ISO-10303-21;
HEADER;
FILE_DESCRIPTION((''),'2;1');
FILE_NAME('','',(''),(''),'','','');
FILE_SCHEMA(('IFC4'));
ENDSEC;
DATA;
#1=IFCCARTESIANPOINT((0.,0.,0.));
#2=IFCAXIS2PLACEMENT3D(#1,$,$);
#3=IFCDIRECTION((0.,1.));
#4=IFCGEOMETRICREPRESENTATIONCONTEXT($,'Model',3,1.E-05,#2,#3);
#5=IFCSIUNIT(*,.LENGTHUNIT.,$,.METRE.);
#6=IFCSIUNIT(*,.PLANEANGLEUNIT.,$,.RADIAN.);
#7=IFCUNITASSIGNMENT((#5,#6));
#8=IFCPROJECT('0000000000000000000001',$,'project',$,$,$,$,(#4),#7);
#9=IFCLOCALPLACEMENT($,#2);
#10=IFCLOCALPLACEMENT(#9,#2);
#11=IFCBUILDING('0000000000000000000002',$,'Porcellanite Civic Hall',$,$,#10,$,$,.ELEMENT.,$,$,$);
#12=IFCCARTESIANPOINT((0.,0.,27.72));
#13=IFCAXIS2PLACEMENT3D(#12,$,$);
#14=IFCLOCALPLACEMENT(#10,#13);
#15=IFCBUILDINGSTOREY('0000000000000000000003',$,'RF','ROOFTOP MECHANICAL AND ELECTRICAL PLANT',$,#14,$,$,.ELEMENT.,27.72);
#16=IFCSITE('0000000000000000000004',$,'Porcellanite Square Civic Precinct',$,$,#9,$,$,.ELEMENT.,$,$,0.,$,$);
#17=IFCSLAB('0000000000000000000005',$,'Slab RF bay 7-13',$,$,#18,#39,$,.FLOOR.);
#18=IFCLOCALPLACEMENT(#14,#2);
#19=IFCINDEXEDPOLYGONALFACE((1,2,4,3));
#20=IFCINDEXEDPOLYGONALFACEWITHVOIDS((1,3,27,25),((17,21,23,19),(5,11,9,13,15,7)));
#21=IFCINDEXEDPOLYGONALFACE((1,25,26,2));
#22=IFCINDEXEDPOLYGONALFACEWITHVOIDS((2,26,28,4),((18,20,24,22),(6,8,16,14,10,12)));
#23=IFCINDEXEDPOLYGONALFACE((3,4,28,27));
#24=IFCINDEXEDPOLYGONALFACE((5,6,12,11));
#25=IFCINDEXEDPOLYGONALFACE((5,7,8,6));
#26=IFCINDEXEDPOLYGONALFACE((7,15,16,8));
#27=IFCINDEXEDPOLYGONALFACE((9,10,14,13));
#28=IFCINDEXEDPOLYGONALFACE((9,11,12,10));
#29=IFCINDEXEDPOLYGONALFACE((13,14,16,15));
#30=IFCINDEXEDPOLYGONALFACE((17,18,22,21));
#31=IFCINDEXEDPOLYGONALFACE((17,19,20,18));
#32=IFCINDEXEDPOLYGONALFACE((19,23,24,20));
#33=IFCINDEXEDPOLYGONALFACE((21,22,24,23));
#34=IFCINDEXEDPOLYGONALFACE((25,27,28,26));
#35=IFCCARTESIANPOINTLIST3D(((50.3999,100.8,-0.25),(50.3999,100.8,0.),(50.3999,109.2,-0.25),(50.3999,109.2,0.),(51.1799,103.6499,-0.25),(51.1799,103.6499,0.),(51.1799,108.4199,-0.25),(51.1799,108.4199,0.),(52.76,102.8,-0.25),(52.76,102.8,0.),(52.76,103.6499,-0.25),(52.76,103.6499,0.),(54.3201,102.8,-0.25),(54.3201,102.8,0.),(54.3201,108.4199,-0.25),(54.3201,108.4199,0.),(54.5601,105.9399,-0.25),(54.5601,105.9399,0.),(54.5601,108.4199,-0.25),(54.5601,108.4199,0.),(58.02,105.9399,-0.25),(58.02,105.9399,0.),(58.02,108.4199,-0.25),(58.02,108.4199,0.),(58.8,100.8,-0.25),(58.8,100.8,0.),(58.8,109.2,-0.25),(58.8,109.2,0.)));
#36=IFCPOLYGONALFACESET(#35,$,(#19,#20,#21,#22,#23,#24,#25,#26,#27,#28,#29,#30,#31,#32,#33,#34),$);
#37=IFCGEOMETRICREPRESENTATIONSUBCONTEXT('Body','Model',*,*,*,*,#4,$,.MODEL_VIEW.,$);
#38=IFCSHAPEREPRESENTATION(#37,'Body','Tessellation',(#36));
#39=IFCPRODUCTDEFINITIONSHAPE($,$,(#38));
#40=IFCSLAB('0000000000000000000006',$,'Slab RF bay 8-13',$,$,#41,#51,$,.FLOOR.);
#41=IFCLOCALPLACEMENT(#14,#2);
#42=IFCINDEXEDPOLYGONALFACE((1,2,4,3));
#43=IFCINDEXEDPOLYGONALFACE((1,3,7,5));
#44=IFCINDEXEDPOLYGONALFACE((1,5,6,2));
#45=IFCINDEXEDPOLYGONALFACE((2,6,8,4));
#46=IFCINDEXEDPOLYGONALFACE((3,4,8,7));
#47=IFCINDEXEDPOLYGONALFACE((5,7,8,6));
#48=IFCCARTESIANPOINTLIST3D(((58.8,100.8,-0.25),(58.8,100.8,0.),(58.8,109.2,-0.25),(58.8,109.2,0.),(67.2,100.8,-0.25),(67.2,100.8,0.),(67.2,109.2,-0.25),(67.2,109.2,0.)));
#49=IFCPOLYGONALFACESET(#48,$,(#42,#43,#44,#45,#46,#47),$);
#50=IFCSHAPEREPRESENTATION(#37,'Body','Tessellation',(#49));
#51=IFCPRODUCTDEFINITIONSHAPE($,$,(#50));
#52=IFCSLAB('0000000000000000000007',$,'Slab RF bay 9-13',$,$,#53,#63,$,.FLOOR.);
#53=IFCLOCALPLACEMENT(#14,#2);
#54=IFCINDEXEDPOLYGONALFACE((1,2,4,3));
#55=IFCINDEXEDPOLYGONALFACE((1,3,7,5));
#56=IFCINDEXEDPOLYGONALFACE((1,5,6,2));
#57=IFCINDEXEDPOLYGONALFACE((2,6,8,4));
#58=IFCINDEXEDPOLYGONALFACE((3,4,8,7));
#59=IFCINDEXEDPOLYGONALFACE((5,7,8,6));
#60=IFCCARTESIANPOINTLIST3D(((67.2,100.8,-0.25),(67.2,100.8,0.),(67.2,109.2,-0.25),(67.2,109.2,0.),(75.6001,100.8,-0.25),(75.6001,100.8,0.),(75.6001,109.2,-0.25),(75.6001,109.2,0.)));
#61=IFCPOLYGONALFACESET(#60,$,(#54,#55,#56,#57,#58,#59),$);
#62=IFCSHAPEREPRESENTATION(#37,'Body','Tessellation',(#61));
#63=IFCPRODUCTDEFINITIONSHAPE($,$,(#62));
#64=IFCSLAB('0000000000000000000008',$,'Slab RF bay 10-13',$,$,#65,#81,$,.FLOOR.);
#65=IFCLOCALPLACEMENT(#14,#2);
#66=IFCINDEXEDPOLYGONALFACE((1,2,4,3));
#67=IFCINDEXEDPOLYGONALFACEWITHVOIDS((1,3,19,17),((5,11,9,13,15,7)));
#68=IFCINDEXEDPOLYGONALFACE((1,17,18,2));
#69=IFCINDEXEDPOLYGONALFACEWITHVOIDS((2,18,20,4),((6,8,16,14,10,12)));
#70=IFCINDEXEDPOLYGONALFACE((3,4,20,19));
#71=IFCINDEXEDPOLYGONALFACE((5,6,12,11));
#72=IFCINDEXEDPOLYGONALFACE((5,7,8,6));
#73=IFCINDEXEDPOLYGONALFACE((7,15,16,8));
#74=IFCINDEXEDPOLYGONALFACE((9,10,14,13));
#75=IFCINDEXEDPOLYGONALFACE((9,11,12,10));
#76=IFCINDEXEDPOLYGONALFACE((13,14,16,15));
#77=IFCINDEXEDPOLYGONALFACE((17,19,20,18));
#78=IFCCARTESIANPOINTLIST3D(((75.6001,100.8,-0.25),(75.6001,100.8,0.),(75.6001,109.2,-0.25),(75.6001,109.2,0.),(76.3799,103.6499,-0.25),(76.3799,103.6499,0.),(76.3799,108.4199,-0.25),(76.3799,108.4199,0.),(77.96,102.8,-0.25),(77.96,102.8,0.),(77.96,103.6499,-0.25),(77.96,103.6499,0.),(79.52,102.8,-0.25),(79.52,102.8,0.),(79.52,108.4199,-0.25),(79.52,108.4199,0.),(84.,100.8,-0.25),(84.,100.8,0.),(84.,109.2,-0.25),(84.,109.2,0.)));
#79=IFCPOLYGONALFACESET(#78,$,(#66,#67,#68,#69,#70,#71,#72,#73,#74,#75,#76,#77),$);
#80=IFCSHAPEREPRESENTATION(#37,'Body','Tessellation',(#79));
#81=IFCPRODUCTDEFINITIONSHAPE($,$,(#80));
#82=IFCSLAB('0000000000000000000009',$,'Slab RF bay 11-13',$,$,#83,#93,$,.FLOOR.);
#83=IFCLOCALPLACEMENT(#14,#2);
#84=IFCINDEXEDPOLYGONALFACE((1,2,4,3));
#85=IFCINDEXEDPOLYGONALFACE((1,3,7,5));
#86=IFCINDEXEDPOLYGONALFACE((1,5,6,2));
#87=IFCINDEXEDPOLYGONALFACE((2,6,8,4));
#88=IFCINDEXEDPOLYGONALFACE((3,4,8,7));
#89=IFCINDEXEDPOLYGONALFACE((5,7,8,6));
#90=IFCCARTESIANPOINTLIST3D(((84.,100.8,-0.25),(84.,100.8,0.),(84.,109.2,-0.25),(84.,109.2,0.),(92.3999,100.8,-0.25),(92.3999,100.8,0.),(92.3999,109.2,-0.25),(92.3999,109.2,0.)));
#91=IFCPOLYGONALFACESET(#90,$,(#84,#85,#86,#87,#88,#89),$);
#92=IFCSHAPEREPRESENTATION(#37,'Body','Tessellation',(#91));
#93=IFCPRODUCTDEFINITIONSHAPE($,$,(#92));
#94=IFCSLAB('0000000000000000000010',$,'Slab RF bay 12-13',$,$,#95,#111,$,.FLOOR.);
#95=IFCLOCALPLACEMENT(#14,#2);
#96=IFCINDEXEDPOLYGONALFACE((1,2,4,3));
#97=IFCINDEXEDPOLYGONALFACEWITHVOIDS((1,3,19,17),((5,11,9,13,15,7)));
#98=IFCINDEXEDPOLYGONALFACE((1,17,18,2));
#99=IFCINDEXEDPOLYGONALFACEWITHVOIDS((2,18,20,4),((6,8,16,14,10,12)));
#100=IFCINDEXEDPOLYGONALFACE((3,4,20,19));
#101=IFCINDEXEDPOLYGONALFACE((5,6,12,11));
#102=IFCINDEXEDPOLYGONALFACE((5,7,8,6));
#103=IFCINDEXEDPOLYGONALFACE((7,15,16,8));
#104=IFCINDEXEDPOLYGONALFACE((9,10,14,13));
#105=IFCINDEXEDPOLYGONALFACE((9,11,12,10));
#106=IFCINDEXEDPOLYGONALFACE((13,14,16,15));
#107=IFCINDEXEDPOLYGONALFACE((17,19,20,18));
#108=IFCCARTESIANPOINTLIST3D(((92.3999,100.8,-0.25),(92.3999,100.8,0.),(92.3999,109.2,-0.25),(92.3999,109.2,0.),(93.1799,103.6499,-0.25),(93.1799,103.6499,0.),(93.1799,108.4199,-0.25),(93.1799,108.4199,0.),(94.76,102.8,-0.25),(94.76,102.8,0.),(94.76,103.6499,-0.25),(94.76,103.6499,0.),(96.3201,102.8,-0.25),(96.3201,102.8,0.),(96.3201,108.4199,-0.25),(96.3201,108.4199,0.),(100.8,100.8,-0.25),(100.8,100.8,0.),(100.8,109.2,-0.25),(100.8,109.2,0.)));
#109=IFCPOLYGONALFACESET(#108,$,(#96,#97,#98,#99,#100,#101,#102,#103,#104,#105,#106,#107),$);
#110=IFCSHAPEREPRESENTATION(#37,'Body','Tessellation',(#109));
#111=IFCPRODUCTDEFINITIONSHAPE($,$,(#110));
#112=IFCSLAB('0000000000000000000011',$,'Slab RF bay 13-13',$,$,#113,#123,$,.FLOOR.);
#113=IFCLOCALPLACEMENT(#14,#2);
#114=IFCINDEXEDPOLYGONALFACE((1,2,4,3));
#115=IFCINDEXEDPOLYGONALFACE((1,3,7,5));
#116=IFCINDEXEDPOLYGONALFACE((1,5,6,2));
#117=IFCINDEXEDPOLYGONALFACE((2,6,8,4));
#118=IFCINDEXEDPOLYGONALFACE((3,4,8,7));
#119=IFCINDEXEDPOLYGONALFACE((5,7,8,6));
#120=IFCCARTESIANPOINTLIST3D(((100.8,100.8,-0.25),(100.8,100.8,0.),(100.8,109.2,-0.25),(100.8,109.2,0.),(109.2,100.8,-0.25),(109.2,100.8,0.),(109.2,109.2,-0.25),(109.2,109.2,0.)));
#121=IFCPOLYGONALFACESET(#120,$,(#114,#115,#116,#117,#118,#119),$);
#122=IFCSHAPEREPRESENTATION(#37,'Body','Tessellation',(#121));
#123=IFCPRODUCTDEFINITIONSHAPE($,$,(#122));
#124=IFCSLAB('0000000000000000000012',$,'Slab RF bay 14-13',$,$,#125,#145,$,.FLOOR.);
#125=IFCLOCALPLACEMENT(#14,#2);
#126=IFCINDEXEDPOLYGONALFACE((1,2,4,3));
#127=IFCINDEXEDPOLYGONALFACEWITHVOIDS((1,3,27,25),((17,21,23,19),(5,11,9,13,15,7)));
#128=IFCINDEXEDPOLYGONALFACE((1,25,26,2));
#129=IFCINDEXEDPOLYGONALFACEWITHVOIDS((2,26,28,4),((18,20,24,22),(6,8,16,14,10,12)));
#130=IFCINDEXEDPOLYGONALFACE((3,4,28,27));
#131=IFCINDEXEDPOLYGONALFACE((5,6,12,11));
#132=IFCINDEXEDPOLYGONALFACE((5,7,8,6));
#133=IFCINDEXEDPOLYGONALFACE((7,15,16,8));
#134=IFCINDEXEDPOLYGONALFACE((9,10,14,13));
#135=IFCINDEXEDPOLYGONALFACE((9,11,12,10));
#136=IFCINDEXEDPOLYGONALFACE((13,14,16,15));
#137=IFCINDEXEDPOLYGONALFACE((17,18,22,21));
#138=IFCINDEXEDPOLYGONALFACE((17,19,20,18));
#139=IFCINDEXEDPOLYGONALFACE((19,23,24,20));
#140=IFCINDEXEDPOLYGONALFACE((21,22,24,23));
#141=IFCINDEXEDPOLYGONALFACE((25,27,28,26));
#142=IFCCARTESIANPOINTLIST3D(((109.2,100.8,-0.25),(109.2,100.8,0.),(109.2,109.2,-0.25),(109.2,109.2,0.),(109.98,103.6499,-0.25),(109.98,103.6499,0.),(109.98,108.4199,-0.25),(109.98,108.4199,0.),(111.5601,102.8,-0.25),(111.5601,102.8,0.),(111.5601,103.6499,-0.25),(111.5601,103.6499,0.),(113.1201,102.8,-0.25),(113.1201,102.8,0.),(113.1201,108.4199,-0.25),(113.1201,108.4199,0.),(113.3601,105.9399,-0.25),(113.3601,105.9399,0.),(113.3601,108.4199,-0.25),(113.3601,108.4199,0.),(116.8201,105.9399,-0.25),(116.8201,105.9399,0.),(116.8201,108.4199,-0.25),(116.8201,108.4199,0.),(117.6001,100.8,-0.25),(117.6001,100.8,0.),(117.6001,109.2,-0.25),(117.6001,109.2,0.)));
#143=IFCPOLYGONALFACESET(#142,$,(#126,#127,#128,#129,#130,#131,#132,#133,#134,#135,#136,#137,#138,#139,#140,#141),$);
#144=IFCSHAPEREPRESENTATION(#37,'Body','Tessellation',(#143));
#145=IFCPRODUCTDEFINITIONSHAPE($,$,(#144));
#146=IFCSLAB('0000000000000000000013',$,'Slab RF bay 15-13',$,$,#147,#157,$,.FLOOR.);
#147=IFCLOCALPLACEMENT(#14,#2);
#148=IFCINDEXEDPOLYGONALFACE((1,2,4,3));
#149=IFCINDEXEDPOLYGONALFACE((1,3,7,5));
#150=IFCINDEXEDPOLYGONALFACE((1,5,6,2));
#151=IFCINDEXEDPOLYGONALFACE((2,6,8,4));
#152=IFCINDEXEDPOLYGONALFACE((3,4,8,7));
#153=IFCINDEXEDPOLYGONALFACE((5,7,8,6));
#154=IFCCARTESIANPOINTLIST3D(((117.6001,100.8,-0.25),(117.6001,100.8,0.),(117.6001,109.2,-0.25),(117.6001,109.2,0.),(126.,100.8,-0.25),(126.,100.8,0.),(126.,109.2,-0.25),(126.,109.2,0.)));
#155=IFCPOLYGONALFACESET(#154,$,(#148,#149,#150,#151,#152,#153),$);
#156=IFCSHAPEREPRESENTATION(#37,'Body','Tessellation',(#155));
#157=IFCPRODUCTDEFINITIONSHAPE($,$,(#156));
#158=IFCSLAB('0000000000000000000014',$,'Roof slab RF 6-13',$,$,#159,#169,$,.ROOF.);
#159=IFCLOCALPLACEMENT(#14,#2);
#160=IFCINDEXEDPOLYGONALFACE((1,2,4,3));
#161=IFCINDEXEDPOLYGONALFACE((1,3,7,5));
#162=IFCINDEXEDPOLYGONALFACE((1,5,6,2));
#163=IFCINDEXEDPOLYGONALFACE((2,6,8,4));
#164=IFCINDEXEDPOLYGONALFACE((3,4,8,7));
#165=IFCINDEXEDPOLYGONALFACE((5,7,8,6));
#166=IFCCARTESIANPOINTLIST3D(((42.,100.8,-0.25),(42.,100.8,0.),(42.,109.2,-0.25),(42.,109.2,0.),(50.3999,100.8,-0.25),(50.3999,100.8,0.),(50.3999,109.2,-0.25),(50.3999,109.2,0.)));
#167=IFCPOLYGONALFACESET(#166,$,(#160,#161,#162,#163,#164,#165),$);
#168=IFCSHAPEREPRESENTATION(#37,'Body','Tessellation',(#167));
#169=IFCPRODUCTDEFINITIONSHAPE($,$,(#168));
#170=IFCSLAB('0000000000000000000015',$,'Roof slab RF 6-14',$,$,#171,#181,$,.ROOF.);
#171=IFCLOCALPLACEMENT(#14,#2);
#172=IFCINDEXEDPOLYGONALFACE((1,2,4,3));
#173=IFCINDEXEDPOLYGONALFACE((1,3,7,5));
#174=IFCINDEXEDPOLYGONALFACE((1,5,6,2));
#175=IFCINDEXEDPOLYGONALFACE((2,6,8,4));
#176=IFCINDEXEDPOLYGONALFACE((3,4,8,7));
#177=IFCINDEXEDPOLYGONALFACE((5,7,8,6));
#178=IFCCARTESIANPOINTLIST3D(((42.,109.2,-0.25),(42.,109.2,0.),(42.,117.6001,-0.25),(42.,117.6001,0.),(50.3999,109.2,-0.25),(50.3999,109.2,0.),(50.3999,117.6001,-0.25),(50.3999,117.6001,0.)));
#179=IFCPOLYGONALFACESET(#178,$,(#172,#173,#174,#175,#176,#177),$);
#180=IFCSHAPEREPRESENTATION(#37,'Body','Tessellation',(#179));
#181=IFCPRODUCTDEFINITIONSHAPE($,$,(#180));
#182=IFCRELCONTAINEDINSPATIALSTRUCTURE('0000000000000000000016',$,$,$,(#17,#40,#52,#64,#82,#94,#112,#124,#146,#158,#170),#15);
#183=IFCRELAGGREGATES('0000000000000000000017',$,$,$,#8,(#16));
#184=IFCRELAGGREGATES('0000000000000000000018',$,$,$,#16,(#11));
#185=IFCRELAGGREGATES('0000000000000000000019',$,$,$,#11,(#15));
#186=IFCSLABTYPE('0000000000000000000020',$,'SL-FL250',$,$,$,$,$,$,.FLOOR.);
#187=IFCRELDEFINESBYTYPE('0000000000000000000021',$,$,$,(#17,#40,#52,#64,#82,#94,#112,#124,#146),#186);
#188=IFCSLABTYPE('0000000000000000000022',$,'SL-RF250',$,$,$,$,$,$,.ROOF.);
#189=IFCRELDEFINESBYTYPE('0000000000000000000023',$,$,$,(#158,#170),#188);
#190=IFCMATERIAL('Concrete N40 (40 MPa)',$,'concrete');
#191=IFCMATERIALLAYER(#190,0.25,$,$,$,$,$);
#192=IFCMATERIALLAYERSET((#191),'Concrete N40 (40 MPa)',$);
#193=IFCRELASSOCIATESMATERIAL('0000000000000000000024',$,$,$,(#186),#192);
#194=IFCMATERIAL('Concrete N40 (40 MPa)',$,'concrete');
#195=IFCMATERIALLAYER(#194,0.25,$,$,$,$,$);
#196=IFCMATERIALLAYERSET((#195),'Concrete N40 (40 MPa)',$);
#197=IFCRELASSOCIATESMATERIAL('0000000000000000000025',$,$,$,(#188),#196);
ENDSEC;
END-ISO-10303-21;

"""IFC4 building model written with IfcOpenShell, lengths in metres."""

from ifc_helpers import new_model, si_unit, direction, frame, origin, place, context, subcontext, project, spatial, polyline, outline, extrude, material, layer, layer_set, type_object, element, save


model = new_model("IFC4")

# Units and contexts
model_context = context("Model", 3, precision=1e-05, world=origin(), true_north=direction((0.0, 1.0)))
body_context = subcontext(model_context, "Body", "Model", "MODEL_VIEW")
ifc_project = project(units=[si_unit("LENGTHUNIT", "METRE"), si_unit("PLANEANGLEUNIT", "RADIAN")], contexts=[model_context])

# Site, building, storey
site_placement = place(None, origin())
site = spatial("IfcSite", under=ifc_project, at=site_placement, Name="Porcellanite Square Civic Precinct", CompositionType="ELEMENT", RefElevation=0.0)
building_placement = place(site_placement, origin())
building = spatial("IfcBuilding", under=site, at=building_placement, Name="Porcellanite Civic Hall", CompositionType="ELEMENT")
storey_placement = place(building_placement, frame((0.0, 0.0, 27.72)))
storey = spatial("IfcBuildingStorey", under=building, at=storey_placement, Name="RF", Description="ROOFTOP MECHANICAL AND ELECTRICAL PLANT", CompositionType="ELEMENT", Elevation=27.72)

# Slabs
ifc_material_1 = material(Name="Concrete N40 (40 MPa)", Category="concrete")
ifc_layer_1 = layer(ifc_material_1, 0.25)
ifc_layer_set_1 = layer_set([ifc_layer_1], Name="Concrete N40 (40 MPa)")
slab_type_1 = type_object("IfcSlabType", Name="SL-FL250", PredefinedType="FLOOR", material=ifc_layer_set_1)
slab_1_placement = place(storey_placement, frame((0.0, 0.0, -0.25)))
element("IfcSlab", 1, at=slab_1_placement, inside=storey, type_object=slab_type_1, Name="Slab RF bay 7-13", PredefinedType="FLOOR", context=body_context, shape_type="SweptSolid", body=[
    extrude(outline(polyline([(50.3999, 100.8), (58.8, 100.8), (58.8, 109.2), (50.3999, 109.2), (50.3999, 100.8)]), holes=[polyline([(51.1799, 103.6499), (52.76, 103.6499), (52.76, 102.8), (54.3201, 102.8), (54.3201, 108.4199), (51.1799, 108.4199), (51.1799, 103.6499)]), polyline([(54.5601, 105.9399), (58.02, 105.9399), (58.02, 108.4199), (54.5601, 108.4199), (54.5601, 105.9399)])]), origin(), (0.0, 0.0, 1.0), 0.25),
])
slab_2_placement = place(storey_placement, frame((0.0, 0.0, -0.25)))
element("IfcSlab", 2, at=slab_2_placement, inside=storey, type_object=slab_type_1, Name="Slab RF bay 8-13", PredefinedType="FLOOR", context=body_context, shape_type="SweptSolid", body=[
    extrude(outline(polyline([(58.8, 100.8), (67.2, 100.8), (67.2, 109.2), (58.8, 109.2), (58.8, 100.8)])), origin(), (0.0, 0.0, 1.0), 0.25),
])
slab_3_placement = place(storey_placement, frame((0.0, 0.0, -0.25)))
element("IfcSlab", 3, at=slab_3_placement, inside=storey, type_object=slab_type_1, Name="Slab RF bay 9-13", PredefinedType="FLOOR", context=body_context, shape_type="SweptSolid", body=[
    extrude(outline(polyline([(67.2, 100.8), (75.6001, 100.8), (75.6001, 109.2), (67.2, 109.2), (67.2, 100.8)])), origin(), (0.0, 0.0, 1.0), 0.25),
])
slab_4_placement = place(storey_placement, frame((0.0, 0.0, -0.25)))
element("IfcSlab", 4, at=slab_4_placement, inside=storey, type_object=slab_type_1, Name="Slab RF bay 10-13", PredefinedType="FLOOR", context=body_context, shape_type="SweptSolid", body=[
    extrude(outline(polyline([(75.6001, 100.8), (84.0, 100.8), (84.0, 109.2), (75.6001, 109.2), (75.6001, 100.8)]), holes=[polyline([(76.3799, 103.6499), (77.96, 103.6499), (77.96, 102.8), (79.52, 102.8), (79.52, 108.4199), (76.3799, 108.4199), (76.3799, 103.6499)])]), origin(), (0.0, 0.0, 1.0), 0.25),
])
slab_5_placement = place(storey_placement, frame((0.0, 0.0, -0.25)))
element("IfcSlab", 5, at=slab_5_placement, inside=storey, type_object=slab_type_1, Name="Slab RF bay 11-13", PredefinedType="FLOOR", context=body_context, shape_type="SweptSolid", body=[
    extrude(outline(polyline([(84.0, 100.8), (92.3999, 100.8), (92.3999, 109.2), (84.0, 109.2), (84.0, 100.8)])), origin(), (0.0, 0.0, 1.0), 0.25),
])
slab_6_placement = place(storey_placement, frame((0.0, 0.0, -0.25)))
element("IfcSlab", 6, at=slab_6_placement, inside=storey, type_object=slab_type_1, Name="Slab RF bay 12-13", PredefinedType="FLOOR", context=body_context, shape_type="SweptSolid", body=[
    extrude(outline(polyline([(92.3999, 100.8), (100.8, 100.8), (100.8, 109.2), (92.3999, 109.2), (92.3999, 100.8)]), holes=[polyline([(93.1799, 103.6499), (94.76, 103.6499), (94.76, 102.8), (96.3201, 102.8), (96.3201, 108.4199), (93.1799, 108.4199), (93.1799, 103.6499)])]), origin(), (0.0, 0.0, 1.0), 0.25),
])
slab_7_placement = place(storey_placement, frame((0.0, 0.0, -0.25)))
element("IfcSlab", 7, at=slab_7_placement, inside=storey, type_object=slab_type_1, Name="Slab RF bay 13-13", PredefinedType="FLOOR", context=body_context, shape_type="SweptSolid", body=[
    extrude(outline(polyline([(100.8, 100.8), (109.2, 100.8), (109.2, 109.2), (100.8, 109.2), (100.8, 100.8)])), origin(), (0.0, 0.0, 1.0), 0.25),
])
slab_8_placement = place(storey_placement, frame((0.0, 0.0, -0.25)))
element("IfcSlab", 8, at=slab_8_placement, inside=storey, type_object=slab_type_1, Name="Slab RF bay 14-13", PredefinedType="FLOOR", context=body_context, shape_type="SweptSolid", body=[
    extrude(outline(polyline([(109.2, 100.8), (117.6001, 100.8), (117.6001, 109.2), (109.2, 109.2), (109.2, 100.8)]), holes=[polyline([(109.98, 103.6499), (111.5601, 103.6499), (111.5601, 102.8), (113.1201, 102.8), (113.1201, 108.4199), (109.98, 108.4199), (109.98, 103.6499)]), polyline([(113.3601, 105.9399), (116.8201, 105.9399), (116.8201, 108.4199), (113.3601, 108.4199), (113.3601, 105.9399)])]), origin(), (0.0, 0.0, 1.0), 0.25),
])
slab_9_placement = place(storey_placement, frame((0.0, 0.0, -0.25)))
element("IfcSlab", 9, at=slab_9_placement, inside=storey, type_object=slab_type_1, Name="Slab RF bay 15-13", PredefinedType="FLOOR", context=body_context, shape_type="SweptSolid", body=[
    extrude(outline(polyline([(117.6001, 100.8), (126.0, 100.8), (126.0, 109.2), (117.6001, 109.2), (117.6001, 100.8)])), origin(), (0.0, 0.0, 1.0), 0.25),
])
ifc_material_2 = material(Name="Concrete N40 (40 MPa)", Category="concrete")
ifc_layer_2 = layer(ifc_material_2, 0.25)
ifc_layer_set_2 = layer_set([ifc_layer_2], Name="Concrete N40 (40 MPa)")
slab_type_2 = type_object("IfcSlabType", Name="SL-RF250", PredefinedType="ROOF", material=ifc_layer_set_2)
slab_10_placement = place(storey_placement, frame((0.0, 0.0, -0.25)))
element("IfcSlab", 10, at=slab_10_placement, inside=storey, type_object=slab_type_2, Name="Roof slab RF 6-13", PredefinedType="ROOF", context=body_context, shape_type="SweptSolid", body=[
    extrude(outline(polyline([(42.0, 100.8), (50.3999, 100.8), (50.3999, 109.2), (42.0, 109.2), (42.0, 100.8)])), origin(), (0.0, 0.0, 1.0), 0.25),
])
slab_11_placement = place(storey_placement, frame((0.0, 0.0, -0.25)))
element("IfcSlab", 11, at=slab_11_placement, inside=storey, type_object=slab_type_2, Name="Roof slab RF 6-14", PredefinedType="ROOF", context=body_context, shape_type="SweptSolid", body=[
    extrude(outline(polyline([(42.0, 109.2), (50.3999, 109.2), (50.3999, 117.6001), (42.0, 117.6001), (42.0, 109.2)])), origin(), (0.0, 0.0, 1.0), 0.25),
])

save(model, "model.ifc")
